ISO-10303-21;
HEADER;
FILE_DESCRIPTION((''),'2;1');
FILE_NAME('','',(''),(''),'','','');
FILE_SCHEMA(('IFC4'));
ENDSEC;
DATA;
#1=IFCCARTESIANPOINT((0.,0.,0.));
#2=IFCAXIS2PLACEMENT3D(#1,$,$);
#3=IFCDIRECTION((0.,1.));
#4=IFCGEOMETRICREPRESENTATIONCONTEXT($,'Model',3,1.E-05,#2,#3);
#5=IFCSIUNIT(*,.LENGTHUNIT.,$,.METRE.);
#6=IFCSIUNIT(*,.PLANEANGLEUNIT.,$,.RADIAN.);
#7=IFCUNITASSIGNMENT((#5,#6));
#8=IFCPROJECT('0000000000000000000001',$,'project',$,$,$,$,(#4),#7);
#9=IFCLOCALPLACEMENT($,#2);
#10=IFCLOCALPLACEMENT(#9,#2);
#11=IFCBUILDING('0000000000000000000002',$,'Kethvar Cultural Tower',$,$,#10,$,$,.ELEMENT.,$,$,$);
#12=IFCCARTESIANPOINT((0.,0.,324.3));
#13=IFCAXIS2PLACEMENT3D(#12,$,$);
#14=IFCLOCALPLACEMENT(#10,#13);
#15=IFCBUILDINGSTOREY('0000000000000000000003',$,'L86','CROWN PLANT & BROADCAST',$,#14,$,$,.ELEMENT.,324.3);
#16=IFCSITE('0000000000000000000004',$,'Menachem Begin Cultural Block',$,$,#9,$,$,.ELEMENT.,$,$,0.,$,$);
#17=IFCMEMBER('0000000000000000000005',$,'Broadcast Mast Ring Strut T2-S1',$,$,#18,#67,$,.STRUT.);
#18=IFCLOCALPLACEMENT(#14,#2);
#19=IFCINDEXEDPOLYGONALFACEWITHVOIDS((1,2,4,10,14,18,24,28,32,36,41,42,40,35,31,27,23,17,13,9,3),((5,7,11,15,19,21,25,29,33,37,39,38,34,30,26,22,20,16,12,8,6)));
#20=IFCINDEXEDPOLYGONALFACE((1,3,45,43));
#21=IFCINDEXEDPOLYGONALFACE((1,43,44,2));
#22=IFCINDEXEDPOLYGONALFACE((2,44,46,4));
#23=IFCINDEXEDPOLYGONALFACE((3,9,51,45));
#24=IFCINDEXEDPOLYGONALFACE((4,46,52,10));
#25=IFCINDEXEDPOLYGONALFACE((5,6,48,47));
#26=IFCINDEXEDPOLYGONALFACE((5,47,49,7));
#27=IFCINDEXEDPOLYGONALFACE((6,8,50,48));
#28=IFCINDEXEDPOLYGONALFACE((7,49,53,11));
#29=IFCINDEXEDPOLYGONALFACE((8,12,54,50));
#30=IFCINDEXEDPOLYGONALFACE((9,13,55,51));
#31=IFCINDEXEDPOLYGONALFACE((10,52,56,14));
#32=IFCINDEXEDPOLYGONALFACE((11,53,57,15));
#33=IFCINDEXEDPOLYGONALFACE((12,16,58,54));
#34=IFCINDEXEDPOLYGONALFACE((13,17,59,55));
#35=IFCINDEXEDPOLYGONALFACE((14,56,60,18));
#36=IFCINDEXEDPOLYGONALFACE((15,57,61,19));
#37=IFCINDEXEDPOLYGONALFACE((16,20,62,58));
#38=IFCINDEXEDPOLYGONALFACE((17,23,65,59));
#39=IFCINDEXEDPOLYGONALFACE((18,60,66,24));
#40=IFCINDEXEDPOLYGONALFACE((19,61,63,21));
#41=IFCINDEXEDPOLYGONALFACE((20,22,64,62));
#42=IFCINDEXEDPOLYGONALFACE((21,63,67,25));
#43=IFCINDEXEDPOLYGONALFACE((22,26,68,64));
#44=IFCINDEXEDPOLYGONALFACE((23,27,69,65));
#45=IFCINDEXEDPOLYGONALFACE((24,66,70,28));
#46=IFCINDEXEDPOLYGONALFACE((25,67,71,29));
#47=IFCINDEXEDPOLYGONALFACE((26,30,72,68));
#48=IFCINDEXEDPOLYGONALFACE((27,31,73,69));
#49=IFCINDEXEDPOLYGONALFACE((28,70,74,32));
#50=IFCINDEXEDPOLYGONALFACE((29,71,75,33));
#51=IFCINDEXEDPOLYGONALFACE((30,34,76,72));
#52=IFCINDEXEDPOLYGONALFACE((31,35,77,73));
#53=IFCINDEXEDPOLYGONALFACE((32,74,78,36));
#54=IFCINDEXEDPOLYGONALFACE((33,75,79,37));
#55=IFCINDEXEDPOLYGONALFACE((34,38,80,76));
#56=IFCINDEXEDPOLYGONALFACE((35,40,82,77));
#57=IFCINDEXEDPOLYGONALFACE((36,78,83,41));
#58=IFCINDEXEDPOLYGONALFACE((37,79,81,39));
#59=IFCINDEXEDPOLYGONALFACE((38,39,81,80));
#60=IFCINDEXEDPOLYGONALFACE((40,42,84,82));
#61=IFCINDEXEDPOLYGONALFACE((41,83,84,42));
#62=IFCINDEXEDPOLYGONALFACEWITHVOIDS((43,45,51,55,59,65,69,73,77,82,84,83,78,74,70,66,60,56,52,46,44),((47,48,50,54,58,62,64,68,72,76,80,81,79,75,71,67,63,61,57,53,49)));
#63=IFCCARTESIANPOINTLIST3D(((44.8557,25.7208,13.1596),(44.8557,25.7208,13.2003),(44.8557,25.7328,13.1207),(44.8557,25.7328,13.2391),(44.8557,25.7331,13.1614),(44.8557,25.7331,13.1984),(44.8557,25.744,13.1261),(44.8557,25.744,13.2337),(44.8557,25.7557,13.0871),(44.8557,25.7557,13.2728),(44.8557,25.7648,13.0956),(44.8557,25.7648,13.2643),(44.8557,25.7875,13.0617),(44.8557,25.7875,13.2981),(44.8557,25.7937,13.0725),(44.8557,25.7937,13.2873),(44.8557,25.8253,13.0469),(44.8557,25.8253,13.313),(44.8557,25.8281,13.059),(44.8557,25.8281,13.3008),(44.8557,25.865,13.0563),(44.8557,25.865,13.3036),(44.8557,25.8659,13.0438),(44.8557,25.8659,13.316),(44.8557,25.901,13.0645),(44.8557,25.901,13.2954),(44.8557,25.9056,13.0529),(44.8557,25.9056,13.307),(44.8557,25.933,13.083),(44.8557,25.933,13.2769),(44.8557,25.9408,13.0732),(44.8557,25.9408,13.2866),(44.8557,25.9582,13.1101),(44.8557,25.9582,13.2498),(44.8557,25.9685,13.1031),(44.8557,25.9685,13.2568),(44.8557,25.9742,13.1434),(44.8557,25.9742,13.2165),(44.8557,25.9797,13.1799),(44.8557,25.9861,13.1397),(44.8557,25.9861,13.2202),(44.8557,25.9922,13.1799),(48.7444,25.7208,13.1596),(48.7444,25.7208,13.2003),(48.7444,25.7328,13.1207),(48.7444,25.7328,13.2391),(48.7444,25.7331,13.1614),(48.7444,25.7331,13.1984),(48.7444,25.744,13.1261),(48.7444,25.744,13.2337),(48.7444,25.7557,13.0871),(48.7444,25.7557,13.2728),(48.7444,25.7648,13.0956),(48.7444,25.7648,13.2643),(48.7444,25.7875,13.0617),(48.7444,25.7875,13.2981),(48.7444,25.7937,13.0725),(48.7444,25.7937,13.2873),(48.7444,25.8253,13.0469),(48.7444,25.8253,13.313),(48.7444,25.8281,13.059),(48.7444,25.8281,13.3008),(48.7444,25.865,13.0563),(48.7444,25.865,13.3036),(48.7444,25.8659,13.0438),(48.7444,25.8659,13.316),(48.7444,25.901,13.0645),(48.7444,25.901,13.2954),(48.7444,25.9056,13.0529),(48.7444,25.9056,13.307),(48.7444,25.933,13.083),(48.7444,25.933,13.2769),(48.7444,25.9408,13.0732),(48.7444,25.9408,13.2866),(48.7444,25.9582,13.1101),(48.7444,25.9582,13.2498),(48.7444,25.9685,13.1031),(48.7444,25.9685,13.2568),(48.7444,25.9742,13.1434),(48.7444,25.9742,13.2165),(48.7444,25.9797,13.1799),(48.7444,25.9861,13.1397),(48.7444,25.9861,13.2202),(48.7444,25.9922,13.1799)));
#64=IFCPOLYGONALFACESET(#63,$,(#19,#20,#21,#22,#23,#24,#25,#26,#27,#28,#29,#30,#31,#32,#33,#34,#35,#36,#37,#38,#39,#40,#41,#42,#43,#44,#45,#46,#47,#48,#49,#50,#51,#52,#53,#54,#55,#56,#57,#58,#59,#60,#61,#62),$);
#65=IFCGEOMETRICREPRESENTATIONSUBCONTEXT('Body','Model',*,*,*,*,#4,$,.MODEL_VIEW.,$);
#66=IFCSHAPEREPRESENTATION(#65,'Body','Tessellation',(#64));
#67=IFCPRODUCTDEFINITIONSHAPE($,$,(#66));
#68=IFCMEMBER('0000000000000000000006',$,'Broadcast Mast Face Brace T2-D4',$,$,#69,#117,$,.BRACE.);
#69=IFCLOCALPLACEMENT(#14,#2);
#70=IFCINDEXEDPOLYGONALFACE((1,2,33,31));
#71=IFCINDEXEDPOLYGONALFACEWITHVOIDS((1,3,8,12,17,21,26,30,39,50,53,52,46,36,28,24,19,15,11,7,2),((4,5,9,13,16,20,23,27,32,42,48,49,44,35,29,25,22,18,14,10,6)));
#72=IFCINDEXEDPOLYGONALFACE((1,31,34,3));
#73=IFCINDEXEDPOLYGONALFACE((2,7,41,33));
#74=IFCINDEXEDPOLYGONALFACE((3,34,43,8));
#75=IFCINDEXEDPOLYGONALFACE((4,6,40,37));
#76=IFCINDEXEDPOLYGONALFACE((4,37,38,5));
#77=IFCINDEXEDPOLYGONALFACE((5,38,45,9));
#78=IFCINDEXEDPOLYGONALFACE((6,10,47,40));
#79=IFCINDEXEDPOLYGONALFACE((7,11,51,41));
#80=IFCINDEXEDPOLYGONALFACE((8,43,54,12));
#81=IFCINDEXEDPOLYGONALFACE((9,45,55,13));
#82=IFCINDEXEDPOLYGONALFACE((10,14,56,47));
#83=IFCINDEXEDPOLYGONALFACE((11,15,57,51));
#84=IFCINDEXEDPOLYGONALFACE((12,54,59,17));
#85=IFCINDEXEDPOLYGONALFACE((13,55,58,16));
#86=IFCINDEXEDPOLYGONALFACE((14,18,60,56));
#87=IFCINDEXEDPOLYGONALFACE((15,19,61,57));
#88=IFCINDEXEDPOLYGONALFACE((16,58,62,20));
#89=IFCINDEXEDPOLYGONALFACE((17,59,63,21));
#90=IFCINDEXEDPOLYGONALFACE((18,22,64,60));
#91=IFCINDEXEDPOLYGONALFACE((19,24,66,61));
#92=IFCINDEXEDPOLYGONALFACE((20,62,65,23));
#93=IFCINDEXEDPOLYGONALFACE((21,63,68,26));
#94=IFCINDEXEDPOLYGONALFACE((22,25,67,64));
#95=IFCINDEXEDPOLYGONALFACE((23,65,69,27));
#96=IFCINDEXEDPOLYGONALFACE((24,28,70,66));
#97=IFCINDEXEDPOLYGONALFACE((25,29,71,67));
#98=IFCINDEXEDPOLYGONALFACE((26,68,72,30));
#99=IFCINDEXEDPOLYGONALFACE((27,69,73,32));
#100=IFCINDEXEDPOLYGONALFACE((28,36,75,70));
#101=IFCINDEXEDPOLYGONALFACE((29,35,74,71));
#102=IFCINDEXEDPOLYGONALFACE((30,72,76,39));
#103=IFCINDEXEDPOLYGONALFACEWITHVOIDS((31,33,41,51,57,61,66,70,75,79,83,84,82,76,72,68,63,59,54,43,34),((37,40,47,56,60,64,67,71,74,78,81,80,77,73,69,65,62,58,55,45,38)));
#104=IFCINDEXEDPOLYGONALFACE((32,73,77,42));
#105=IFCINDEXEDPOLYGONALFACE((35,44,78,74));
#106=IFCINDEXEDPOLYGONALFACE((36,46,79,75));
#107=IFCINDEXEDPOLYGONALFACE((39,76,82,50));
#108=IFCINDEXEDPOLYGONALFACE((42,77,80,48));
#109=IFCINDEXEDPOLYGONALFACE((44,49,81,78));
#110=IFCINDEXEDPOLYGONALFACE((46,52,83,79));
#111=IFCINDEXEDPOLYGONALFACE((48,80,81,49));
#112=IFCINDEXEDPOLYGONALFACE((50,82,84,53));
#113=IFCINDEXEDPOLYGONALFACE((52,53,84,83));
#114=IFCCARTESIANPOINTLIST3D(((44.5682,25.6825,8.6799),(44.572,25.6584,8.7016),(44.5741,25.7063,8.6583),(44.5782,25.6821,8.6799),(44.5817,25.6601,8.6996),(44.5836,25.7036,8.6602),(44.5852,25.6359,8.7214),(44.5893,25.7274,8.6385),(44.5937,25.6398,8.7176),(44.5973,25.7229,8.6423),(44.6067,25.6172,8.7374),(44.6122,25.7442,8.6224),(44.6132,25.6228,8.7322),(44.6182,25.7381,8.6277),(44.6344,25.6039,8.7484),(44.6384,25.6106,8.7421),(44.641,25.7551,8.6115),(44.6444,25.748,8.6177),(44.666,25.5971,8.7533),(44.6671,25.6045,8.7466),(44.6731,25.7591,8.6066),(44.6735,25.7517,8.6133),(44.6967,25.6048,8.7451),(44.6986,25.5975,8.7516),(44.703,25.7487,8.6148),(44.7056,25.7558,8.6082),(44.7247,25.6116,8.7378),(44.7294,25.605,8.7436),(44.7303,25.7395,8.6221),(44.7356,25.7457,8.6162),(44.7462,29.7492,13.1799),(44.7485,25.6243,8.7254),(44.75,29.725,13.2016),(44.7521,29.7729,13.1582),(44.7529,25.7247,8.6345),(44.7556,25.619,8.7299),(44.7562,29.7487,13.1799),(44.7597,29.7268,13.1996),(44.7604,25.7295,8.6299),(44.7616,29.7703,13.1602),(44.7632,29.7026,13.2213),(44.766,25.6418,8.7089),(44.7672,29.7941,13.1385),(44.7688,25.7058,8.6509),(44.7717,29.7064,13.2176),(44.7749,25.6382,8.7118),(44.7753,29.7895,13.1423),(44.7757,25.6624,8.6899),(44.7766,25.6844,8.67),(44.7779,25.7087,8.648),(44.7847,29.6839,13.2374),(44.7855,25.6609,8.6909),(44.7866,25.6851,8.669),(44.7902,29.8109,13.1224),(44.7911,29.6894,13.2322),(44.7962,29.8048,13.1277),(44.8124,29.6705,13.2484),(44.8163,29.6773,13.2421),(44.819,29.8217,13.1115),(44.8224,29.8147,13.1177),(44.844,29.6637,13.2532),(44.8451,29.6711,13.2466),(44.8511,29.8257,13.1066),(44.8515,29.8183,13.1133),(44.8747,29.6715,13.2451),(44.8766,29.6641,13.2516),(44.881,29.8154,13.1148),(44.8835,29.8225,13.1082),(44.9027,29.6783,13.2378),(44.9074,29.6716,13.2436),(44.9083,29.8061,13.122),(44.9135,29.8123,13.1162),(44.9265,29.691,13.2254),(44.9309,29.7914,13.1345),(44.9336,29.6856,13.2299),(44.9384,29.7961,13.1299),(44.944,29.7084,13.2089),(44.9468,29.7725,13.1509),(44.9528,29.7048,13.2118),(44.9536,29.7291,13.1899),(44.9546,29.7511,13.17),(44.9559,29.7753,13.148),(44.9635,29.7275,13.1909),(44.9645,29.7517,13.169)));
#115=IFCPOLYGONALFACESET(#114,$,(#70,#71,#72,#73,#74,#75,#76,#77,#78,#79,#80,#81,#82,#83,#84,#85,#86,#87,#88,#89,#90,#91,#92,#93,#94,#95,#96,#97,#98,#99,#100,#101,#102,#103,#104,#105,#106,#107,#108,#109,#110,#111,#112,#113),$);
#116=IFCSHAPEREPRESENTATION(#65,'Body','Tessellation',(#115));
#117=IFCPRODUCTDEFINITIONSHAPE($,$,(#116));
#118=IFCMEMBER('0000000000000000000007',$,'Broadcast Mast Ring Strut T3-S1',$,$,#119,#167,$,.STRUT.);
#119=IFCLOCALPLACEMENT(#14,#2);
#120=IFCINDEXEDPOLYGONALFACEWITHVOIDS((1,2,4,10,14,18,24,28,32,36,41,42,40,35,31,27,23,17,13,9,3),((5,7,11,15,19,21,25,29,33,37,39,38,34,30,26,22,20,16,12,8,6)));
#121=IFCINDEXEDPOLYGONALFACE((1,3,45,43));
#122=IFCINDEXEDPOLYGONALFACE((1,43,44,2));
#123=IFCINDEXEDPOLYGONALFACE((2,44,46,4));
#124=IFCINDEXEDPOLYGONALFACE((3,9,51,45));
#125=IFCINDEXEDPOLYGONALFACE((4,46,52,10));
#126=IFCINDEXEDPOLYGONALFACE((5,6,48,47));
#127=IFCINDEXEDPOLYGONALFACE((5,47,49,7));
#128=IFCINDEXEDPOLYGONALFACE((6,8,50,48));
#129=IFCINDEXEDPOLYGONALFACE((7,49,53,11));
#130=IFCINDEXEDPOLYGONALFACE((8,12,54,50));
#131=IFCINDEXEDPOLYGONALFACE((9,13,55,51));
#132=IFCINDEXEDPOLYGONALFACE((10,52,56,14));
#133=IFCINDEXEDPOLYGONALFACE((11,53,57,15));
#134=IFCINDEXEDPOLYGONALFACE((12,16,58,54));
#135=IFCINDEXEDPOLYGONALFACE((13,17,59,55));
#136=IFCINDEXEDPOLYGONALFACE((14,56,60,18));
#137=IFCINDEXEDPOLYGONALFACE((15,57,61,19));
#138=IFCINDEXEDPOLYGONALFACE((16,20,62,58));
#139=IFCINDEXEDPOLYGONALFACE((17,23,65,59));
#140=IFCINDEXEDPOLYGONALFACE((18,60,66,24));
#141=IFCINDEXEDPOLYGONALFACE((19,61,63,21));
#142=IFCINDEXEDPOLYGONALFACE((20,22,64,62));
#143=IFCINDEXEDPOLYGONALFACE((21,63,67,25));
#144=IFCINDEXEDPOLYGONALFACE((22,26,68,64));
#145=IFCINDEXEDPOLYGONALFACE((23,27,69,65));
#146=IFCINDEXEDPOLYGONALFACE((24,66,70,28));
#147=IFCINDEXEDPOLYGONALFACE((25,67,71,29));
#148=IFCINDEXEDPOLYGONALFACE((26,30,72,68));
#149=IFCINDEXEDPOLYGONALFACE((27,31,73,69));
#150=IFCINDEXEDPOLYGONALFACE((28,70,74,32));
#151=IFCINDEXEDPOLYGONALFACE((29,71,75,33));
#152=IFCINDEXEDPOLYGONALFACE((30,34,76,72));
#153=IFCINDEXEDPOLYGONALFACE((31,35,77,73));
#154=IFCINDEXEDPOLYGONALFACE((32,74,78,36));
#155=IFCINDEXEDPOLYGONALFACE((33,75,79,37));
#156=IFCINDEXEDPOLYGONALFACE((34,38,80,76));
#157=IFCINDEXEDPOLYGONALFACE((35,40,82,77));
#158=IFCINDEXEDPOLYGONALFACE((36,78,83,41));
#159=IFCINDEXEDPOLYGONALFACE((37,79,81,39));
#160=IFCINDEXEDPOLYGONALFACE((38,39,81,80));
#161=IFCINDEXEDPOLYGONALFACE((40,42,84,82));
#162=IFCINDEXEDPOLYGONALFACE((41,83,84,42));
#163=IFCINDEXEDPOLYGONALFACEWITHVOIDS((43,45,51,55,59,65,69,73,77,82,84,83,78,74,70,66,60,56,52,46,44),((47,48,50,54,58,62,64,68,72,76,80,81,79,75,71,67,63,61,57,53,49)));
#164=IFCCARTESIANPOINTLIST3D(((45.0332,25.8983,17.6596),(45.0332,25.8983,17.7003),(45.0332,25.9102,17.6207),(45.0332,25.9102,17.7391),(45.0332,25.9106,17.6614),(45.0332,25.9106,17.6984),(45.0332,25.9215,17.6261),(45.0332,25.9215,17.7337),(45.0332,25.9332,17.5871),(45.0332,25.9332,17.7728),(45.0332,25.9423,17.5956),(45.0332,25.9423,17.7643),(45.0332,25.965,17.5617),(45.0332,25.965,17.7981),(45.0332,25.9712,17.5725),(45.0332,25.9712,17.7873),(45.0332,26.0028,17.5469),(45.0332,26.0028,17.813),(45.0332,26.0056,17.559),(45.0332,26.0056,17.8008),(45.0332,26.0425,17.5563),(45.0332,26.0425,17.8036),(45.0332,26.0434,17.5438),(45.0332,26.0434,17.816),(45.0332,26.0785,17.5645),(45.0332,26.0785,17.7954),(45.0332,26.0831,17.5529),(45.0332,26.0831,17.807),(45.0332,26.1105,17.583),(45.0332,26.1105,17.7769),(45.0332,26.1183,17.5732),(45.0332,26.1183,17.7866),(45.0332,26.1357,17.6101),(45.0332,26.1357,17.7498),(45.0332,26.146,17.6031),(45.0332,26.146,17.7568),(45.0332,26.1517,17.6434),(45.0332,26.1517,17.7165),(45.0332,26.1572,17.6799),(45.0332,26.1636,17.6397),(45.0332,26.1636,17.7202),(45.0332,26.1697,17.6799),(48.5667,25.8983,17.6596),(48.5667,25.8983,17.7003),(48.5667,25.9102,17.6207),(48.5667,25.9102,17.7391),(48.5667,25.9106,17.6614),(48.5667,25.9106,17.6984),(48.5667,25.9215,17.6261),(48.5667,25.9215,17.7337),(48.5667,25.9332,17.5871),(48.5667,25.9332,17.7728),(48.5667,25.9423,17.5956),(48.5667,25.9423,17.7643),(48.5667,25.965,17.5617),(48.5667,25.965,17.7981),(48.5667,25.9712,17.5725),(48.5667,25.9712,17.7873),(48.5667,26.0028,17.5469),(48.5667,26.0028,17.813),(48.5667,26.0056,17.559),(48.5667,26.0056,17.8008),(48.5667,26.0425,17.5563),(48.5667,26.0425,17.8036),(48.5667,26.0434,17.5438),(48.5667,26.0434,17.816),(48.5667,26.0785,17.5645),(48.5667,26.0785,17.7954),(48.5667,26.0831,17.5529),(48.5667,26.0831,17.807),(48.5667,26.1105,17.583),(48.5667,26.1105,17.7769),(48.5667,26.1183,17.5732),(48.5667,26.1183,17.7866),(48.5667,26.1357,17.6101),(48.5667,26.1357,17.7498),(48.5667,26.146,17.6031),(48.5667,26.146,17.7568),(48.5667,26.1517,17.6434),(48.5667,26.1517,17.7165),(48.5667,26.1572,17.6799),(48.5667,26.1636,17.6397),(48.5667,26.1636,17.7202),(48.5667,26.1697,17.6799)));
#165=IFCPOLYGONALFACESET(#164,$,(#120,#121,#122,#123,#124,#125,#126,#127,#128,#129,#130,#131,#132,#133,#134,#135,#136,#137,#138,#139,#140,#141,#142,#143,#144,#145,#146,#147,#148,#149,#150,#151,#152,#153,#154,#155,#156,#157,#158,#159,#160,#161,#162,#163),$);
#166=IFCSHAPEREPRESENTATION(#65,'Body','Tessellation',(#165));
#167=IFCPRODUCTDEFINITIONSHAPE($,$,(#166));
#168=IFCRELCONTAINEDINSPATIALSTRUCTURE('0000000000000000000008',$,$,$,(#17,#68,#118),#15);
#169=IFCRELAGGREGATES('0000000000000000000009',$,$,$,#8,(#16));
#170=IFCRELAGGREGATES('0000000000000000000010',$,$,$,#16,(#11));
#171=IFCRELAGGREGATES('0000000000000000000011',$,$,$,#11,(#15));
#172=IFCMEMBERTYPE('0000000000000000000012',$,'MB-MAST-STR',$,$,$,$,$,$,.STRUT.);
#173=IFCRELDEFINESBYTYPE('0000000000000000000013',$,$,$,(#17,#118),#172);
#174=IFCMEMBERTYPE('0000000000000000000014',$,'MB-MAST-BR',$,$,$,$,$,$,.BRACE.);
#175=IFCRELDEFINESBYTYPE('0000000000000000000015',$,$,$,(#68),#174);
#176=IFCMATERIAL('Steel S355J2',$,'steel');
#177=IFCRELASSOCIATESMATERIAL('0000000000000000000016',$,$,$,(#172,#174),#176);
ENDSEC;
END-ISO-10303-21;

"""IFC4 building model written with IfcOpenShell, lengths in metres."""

from ifc_helpers import new_model, si_unit, direction, frame, origin, origin_2d, place, context, subcontext, project, spatial, hollow_circle, extrude, source, transform, mapped, material, material_profile, profile_set, type_object, element, save


model = new_model("IFC4")

# Units and contexts
model_context = context("Model", 3, precision=1e-05, world=origin(), true_north=direction((0.0, 1.0)))
body_context = subcontext(model_context, "Body", "Model", "MODEL_VIEW")
ifc_project = project(units=[si_unit("LENGTHUNIT", "METRE"), si_unit("PLANEANGLEUNIT", "RADIAN")], contexts=[model_context])

# Site, building, storey
site_placement = place(None, origin())
site = spatial("IfcSite", under=ifc_project, at=site_placement, Name="Menachem Begin Cultural Block", CompositionType="ELEMENT", RefElevation=0.0)
building_placement = place(site_placement, origin())
building = spatial("IfcBuilding", under=site, at=building_placement, Name="Kethvar Cultural Tower", CompositionType="ELEMENT")
storey_placement = place(building_placement, frame((0.0, 0.0, 324.3)))
storey = spatial("IfcBuildingStorey", under=building, at=storey_placement, Name="L86", Description="CROWN PLANT & BROADCAST", CompositionType="ELEMENT", Elevation=324.3)

# Shared definitions
ifc_material_1 = material(Name="Steel S355J2", Category="steel")

# Members
ifc_material_profile_1 = material_profile(ifc_material_1, hollow_circle(Radius=0.1365, WallThickness=0.0125, at=origin_2d()), Name="Steel S355J2 — CHS273x12.5")
ifc_profile_set_1 = profile_set([ifc_material_profile_1], Name="Steel S355J2 — CHS273x12.5")
member_type_1 = type_object("IfcMemberType", Name="MB-MAST-STR", PredefinedType="STRUT", material=ifc_profile_set_1)
shared_shape_1 = source(origin(), body_context, "Body", "SweptSolid", [
    extrude(hollow_circle(Radius=0.1365, WallThickness=0.0125, at=origin_2d()), origin(), (0.0, 0.0, 1.0), 3.8887),
])
member_1_placement = place(storey_placement, frame((44.8557, 25.8557, 13.1799), z_axis=(1.0, 0.0, 0.0), x_axis=(0.0, 1.0, 0.0)))
element("IfcMember", 1, at=member_1_placement, inside=storey, type_object=member_type_1, Name="Broadcast Mast Ring Strut T2-S1", PredefinedType="STRUT", context=body_context, shape_type="MappedRepresentation", body=[
    mapped(shared_shape_1, transform((0.0, 0.0, 0.0), scale=1.0)),
])
ifc_material_profile_2 = material_profile(ifc_material_1, hollow_circle(Radius=0.1096, WallThickness=0.01, at=origin_2d()), Name="Steel S355J2 — CHS219x10")
ifc_profile_set_2 = profile_set([ifc_material_profile_2], Name="Steel S355J2 — CHS219x10")
member_type_2 = type_object("IfcMemberType", Name="MB-MAST-BR", PredefinedType="BRACE", material=ifc_profile_set_2)
shared_shape_2 = source(origin(), body_context, "Body", "SweptSolid", [
    extrude(hollow_circle(Radius=0.1096, WallThickness=0.01, at=origin_2d()), origin(), (0.0, 0.0, 1.0), 6.0679),
])
member_2_placement = place(storey_placement, frame((44.6777, 25.6777, 8.6799), z_axis=(0.029331, 0.670192, 0.741608), x_axis=(-0.999044, 0.043724, 0.0)))
element("IfcMember", 2, at=member_2_placement, inside=storey, type_object=member_type_2, Name="Broadcast Mast Face Brace T2-D4", PredefinedType="BRACE", context=body_context, shape_type="MappedRepresentation", body=[
    mapped(shared_shape_2, transform((0.0, 0.0, 0.0), scale=1.0)),
])
shared_shape_3 = source(origin(), body_context, "Body", "SweptSolid", [
    extrude(hollow_circle(Radius=0.1365, WallThickness=0.0125, at=origin_2d()), origin(), (0.0, 0.0, 1.0), 3.5334),
])
member_3_placement = place(storey_placement, frame((45.0332, 26.0332, 17.6799), z_axis=(1.0, 0.0, 0.0), x_axis=(0.0, 1.0, 0.0)))
element("IfcMember", 3, at=member_3_placement, inside=storey, type_object=member_type_1, Name="Broadcast Mast Ring Strut T3-S1", PredefinedType="STRUT", context=body_context, shape_type="MappedRepresentation", body=[
    mapped(shared_shape_3, transform((0.0, 0.0, 0.0), scale=1.0)),
])

save(model, "model.ifc")
